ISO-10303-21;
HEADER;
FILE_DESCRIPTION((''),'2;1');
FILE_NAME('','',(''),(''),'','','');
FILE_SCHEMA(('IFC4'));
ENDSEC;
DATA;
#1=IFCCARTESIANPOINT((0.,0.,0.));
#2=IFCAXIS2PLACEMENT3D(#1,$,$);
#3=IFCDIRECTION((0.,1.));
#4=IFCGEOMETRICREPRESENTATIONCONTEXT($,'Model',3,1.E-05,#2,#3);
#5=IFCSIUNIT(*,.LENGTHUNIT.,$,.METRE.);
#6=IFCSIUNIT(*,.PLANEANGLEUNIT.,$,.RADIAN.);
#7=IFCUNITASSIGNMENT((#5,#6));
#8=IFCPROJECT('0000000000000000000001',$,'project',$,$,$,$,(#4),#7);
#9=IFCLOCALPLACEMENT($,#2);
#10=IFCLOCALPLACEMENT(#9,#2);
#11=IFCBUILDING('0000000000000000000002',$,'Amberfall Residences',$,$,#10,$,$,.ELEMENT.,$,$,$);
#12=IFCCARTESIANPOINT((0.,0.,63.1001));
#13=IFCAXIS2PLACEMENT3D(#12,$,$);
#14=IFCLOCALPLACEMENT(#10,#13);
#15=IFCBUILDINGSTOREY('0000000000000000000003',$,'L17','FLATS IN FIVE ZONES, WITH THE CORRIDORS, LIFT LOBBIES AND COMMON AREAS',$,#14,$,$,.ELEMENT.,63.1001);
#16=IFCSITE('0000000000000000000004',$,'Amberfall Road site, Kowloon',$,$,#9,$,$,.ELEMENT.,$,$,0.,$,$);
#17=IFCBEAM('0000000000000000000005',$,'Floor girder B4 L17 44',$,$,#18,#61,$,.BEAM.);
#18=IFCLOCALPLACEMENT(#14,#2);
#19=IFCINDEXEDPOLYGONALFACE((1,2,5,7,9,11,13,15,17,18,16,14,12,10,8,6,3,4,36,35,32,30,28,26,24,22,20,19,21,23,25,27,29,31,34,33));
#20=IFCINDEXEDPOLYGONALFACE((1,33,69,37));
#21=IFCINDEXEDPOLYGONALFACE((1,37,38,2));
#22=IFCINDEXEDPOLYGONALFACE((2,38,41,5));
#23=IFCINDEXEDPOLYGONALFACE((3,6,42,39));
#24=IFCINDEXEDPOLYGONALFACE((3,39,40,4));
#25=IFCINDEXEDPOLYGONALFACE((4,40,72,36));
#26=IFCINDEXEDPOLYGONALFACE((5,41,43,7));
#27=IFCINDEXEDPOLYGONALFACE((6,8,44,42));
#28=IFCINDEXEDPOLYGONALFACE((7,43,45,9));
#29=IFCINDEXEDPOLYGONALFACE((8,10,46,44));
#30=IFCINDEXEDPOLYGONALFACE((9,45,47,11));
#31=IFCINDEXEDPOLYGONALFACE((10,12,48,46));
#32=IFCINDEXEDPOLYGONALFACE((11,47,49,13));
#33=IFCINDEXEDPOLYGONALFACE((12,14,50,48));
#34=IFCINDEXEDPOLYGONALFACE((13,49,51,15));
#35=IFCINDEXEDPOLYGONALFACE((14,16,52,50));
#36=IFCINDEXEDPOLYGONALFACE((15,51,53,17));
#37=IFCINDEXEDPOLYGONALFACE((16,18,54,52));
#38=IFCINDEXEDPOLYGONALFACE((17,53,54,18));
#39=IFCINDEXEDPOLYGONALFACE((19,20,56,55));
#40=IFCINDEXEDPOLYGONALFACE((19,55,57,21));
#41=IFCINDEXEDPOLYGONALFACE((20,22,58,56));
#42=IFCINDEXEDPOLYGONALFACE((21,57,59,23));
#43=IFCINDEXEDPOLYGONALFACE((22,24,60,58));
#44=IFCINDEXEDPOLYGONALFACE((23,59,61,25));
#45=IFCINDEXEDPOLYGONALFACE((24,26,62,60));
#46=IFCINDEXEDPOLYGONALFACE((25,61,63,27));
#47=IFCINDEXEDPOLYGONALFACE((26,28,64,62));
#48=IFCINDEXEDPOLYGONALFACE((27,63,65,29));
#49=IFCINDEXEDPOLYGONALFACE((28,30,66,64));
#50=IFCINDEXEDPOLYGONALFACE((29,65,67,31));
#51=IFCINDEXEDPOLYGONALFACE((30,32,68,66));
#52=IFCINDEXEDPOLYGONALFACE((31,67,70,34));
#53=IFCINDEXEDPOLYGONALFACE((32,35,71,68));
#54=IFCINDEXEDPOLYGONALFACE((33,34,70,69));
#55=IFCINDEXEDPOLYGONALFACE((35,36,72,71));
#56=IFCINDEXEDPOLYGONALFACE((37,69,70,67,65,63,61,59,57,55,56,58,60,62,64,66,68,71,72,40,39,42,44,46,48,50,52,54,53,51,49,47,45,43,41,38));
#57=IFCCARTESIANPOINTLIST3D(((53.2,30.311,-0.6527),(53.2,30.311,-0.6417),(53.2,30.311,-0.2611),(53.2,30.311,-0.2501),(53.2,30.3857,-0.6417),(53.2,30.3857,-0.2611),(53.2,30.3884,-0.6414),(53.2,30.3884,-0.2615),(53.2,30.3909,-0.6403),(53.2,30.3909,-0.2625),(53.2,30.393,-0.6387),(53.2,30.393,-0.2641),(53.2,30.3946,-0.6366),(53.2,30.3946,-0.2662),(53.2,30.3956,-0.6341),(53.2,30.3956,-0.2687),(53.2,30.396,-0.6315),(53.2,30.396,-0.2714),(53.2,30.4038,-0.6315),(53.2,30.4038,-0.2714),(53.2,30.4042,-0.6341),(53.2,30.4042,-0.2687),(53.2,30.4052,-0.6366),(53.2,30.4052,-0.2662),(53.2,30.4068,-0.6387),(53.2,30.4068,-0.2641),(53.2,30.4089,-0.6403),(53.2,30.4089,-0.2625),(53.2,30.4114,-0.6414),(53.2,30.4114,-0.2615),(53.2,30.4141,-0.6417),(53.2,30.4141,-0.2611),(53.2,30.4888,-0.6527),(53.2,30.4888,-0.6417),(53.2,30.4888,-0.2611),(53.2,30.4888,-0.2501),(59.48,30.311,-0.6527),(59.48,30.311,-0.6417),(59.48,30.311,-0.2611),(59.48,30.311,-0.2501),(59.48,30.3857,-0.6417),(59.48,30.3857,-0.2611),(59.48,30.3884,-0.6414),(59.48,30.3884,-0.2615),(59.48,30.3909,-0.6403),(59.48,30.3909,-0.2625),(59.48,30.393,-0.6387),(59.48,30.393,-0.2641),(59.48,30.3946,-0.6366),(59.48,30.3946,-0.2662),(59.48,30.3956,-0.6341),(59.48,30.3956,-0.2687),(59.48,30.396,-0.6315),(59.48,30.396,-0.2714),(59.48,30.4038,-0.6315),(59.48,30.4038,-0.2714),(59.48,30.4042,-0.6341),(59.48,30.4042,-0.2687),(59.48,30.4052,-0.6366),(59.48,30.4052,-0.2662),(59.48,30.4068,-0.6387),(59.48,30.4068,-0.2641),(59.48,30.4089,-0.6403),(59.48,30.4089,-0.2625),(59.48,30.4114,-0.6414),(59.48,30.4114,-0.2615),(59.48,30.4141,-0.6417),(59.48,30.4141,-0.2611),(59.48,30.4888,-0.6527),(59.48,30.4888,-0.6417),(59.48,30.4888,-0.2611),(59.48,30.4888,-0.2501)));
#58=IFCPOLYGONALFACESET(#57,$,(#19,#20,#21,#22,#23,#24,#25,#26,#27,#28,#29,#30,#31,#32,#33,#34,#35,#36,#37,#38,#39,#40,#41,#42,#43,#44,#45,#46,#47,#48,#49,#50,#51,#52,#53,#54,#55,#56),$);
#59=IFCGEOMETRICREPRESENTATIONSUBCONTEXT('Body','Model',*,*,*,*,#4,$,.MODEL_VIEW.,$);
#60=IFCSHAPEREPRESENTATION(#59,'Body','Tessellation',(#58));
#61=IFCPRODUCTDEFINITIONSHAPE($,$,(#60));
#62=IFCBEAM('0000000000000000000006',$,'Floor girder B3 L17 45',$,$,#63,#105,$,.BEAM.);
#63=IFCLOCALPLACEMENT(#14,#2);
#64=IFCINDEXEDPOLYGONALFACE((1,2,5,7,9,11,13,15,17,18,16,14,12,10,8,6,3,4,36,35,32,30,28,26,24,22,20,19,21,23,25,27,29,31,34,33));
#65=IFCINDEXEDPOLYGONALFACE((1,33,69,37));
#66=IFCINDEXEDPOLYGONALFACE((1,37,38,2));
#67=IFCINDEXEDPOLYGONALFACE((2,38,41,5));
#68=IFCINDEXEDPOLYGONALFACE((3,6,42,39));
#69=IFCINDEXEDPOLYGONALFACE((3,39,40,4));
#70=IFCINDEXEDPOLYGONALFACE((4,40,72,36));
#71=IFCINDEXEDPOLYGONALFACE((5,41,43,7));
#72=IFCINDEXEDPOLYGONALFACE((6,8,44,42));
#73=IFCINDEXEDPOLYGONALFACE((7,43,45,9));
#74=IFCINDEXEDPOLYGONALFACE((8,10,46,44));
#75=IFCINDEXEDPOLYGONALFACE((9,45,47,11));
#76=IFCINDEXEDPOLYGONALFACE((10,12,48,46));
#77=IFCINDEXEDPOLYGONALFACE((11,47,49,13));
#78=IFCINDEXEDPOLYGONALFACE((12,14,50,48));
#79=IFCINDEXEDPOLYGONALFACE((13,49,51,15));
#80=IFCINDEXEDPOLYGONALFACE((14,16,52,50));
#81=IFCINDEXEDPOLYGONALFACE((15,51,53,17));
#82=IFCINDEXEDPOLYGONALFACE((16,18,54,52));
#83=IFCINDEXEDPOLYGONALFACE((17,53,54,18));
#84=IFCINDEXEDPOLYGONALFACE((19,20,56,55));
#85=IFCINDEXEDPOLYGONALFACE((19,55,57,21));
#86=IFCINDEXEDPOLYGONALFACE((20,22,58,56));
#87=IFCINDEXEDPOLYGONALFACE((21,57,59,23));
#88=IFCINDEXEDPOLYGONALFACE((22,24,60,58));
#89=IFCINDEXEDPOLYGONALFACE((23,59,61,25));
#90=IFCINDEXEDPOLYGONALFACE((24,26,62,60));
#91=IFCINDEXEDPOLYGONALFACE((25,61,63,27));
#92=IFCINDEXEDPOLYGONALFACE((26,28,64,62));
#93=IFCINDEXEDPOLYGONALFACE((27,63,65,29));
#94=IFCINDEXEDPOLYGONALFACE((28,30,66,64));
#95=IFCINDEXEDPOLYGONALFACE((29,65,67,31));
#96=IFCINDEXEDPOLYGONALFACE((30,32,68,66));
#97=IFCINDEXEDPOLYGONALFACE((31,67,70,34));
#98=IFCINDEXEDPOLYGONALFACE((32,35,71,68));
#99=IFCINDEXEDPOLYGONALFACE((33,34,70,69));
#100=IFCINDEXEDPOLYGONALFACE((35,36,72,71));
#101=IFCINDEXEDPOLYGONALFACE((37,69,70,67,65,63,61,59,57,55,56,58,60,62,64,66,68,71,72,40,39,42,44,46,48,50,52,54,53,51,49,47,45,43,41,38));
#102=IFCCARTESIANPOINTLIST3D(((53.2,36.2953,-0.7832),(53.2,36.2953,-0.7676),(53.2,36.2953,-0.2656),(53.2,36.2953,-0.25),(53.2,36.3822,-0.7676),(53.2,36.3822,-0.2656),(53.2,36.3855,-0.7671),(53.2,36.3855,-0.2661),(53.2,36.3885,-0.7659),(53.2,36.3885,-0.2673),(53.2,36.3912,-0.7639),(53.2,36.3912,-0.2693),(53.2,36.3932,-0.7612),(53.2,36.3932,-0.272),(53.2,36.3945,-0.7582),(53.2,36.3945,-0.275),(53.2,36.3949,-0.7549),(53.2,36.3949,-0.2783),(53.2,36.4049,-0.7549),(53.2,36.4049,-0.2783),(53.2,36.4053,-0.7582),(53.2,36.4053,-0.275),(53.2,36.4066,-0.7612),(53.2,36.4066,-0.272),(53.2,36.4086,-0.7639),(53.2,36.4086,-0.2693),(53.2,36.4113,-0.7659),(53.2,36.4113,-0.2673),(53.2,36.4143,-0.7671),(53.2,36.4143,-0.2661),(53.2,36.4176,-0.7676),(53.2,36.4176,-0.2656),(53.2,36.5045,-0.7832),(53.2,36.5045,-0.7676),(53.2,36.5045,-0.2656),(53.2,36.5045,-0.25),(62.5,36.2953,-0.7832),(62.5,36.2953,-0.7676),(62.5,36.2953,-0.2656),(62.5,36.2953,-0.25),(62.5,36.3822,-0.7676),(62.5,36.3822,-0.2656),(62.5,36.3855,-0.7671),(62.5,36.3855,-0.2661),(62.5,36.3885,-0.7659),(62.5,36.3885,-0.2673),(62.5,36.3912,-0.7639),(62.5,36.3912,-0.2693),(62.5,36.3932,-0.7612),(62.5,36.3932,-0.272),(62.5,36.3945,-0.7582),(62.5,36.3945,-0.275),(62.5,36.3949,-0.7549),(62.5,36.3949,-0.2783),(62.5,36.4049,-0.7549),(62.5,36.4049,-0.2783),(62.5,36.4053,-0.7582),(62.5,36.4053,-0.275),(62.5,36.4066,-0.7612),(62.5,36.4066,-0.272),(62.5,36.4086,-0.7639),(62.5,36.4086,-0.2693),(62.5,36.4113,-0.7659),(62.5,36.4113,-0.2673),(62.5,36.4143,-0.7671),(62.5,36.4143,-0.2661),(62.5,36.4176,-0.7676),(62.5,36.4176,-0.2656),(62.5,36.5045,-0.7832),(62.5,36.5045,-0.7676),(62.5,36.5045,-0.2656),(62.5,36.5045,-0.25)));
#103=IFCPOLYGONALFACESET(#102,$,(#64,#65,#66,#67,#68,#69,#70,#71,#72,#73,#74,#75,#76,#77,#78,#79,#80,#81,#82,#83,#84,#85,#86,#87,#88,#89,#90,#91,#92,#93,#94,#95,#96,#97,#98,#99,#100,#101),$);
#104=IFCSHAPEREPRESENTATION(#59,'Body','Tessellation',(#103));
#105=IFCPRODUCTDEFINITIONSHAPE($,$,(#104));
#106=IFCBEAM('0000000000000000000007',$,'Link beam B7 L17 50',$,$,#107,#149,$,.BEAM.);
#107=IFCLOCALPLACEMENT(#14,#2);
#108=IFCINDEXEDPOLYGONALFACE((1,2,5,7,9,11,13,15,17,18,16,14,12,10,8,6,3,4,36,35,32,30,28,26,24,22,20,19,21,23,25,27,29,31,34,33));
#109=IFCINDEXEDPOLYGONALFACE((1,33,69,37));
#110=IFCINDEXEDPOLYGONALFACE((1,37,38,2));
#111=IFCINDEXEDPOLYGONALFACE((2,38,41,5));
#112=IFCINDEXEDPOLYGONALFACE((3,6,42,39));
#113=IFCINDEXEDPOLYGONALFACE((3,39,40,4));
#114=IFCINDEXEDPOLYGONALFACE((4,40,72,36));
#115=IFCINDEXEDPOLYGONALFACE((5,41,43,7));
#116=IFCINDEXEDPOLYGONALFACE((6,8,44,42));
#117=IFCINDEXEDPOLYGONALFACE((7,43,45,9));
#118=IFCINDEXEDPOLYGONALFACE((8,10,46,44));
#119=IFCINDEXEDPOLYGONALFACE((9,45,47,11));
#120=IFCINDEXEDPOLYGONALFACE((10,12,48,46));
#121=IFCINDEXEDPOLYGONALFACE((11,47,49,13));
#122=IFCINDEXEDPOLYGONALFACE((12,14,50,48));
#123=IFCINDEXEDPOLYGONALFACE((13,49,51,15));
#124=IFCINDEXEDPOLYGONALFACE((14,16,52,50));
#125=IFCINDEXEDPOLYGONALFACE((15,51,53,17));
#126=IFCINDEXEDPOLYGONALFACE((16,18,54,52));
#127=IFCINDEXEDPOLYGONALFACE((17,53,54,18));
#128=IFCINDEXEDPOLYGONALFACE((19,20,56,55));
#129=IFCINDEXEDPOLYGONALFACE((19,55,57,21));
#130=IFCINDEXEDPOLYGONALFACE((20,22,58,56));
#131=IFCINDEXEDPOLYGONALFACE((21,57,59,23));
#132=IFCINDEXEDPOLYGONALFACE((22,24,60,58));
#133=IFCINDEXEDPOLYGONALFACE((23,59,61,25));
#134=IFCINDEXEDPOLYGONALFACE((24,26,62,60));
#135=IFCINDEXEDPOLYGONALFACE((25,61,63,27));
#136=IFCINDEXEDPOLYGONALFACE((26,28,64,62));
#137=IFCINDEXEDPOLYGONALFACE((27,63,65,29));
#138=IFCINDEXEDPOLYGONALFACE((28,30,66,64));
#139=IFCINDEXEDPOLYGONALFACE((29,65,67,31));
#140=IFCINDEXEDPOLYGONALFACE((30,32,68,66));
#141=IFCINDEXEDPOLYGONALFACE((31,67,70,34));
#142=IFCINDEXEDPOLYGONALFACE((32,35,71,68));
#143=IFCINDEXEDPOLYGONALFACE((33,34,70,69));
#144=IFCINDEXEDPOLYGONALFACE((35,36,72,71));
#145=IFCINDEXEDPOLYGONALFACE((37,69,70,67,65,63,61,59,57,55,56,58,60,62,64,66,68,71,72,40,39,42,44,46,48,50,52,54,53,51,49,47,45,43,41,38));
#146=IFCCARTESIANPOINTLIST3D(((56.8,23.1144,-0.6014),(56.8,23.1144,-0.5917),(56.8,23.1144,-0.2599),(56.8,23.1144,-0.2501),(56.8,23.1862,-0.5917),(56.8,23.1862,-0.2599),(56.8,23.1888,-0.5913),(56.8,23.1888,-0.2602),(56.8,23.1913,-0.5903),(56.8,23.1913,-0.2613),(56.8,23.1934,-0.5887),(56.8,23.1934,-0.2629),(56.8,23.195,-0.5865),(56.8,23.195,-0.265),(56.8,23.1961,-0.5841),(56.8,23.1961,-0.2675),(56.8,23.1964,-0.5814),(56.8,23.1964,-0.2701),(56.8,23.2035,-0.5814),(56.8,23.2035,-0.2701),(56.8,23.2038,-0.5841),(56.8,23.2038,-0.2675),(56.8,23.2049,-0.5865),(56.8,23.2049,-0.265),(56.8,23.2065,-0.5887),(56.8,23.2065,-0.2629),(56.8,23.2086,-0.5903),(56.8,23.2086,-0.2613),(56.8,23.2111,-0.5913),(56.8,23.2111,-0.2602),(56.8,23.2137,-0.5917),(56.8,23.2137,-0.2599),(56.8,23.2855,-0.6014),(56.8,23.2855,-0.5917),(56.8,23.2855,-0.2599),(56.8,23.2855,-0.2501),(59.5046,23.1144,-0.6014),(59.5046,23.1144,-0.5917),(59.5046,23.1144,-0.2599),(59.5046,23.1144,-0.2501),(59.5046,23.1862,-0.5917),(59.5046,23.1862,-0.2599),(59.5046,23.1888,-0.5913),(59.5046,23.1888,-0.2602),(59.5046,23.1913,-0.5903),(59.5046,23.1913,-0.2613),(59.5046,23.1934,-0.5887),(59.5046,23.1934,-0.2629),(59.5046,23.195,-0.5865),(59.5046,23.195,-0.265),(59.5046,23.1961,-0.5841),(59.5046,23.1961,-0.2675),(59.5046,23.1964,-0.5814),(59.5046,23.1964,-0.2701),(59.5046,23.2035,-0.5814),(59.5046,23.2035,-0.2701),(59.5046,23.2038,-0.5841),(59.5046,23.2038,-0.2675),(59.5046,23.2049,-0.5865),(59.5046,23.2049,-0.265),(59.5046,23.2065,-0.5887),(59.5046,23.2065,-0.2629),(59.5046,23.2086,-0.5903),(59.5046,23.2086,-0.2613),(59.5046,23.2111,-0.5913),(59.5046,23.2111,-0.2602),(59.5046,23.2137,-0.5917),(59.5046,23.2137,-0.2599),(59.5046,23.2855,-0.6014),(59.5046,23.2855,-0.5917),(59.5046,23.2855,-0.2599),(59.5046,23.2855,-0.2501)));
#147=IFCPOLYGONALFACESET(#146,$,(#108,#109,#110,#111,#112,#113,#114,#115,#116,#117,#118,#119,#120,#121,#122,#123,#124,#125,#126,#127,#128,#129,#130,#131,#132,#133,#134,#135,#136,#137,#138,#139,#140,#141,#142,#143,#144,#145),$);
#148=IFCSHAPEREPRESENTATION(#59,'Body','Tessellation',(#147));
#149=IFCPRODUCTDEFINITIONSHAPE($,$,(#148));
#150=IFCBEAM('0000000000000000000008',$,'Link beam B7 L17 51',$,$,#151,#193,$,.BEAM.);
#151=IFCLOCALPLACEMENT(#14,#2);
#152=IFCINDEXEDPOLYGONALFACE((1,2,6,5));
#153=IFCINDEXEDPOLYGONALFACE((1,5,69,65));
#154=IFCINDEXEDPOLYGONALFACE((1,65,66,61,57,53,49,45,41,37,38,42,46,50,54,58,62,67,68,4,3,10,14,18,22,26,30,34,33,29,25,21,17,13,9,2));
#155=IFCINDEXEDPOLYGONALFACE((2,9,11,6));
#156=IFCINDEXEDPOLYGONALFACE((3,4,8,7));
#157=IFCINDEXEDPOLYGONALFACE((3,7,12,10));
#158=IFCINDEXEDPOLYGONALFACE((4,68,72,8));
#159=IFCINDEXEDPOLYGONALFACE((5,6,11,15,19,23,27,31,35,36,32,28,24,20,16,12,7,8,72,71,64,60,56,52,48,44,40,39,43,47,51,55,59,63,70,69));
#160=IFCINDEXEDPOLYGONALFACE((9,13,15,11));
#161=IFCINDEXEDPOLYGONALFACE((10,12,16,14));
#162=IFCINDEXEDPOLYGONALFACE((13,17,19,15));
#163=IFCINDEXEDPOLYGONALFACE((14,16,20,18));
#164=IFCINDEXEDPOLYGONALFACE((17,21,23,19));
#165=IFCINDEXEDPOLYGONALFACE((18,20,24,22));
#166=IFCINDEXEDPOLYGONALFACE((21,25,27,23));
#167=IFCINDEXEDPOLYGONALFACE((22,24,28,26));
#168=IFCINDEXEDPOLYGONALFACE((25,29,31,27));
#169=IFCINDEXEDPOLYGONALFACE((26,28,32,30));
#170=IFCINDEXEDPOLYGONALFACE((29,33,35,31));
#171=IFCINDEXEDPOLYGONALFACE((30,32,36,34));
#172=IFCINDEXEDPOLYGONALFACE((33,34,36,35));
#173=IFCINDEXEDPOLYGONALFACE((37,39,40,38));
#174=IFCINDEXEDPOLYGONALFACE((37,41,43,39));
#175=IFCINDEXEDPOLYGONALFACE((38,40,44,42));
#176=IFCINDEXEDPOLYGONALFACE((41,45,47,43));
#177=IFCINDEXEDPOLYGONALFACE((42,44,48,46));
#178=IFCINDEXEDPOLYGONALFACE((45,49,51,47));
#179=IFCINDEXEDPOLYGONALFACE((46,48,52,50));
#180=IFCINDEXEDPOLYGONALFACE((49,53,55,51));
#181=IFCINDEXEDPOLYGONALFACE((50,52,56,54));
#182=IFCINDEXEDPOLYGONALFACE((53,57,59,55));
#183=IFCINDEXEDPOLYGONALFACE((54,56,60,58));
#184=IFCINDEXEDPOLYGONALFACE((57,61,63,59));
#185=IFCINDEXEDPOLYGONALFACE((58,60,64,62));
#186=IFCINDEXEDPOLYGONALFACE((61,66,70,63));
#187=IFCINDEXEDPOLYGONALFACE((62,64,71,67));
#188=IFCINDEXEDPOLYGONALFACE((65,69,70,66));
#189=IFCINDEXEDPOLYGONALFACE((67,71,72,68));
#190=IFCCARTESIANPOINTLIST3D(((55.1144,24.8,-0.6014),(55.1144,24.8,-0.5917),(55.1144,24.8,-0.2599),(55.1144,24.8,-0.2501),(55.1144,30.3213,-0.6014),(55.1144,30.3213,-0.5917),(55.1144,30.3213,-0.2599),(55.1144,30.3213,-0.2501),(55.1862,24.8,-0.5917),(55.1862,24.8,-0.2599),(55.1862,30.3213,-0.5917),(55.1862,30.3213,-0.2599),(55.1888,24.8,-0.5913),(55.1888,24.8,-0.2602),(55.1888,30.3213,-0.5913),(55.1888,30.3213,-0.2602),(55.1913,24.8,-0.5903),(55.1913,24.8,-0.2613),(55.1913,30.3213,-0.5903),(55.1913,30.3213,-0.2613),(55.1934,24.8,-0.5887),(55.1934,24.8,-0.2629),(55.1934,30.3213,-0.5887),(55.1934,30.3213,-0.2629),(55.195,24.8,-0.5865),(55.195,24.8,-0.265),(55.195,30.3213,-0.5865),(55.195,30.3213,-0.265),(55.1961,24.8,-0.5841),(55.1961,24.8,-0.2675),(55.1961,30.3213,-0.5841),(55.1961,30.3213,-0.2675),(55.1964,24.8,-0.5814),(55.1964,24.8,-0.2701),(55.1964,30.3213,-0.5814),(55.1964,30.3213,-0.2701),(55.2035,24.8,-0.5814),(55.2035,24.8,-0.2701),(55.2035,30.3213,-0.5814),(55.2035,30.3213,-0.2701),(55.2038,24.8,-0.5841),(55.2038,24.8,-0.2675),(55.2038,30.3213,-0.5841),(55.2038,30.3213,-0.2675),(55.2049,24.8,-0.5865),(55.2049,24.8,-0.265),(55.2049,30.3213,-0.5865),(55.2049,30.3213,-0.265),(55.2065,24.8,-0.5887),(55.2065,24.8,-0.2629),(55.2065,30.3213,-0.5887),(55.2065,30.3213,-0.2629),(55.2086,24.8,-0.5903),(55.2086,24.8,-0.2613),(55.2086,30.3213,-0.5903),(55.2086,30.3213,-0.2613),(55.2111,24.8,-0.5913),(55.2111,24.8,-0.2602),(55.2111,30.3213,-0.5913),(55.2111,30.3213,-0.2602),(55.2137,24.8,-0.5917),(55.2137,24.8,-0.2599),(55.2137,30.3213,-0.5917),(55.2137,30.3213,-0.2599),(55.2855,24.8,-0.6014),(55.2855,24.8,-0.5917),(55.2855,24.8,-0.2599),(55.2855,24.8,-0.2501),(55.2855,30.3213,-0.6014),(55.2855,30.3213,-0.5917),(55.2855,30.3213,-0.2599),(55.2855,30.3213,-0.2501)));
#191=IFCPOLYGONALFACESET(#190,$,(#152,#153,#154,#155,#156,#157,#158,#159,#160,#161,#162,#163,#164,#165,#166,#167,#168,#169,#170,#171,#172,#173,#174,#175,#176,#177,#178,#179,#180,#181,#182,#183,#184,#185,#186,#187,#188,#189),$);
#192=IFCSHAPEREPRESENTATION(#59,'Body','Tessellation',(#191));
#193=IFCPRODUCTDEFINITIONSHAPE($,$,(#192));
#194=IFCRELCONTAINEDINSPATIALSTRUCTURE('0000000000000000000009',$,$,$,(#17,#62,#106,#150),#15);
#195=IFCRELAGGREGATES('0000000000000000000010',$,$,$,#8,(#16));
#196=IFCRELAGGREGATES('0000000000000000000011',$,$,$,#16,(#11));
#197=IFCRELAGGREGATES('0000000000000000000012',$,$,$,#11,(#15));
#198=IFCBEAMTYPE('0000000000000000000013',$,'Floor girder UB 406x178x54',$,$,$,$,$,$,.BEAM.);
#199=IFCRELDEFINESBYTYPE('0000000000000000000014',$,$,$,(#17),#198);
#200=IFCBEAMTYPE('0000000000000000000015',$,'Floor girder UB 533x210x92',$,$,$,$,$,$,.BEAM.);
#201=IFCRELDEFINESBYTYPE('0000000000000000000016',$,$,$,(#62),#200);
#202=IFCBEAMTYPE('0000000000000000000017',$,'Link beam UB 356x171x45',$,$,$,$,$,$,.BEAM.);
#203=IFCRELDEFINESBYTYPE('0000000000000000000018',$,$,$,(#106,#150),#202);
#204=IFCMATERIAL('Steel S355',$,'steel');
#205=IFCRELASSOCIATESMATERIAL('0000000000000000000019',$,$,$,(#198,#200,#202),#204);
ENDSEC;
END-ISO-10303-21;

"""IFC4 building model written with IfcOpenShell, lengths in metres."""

from ifc_helpers import new_model, si_unit, direction, frame, origin, origin_2d, place, context, subcontext, project, spatial, i_section, extrude, material, material_profile, profile_set, type_object, element, save


model = new_model("IFC4")

# Units and contexts
model_context = context("Model", 3, precision=1e-05, world=origin(), true_north=direction((0.0, 1.0)))
body_context = subcontext(model_context, "Body", "Model", "MODEL_VIEW")
ifc_project = project(units=[si_unit("LENGTHUNIT", "METRE"), si_unit("PLANEANGLEUNIT", "RADIAN")], contexts=[model_context])

# Site, building, storey
site_placement = place(None, origin())
site = spatial("IfcSite", under=ifc_project, at=site_placement, Name="Amberfall Road site, Kowloon", CompositionType="ELEMENT", RefElevation=0.0)
building_placement = place(site_placement, origin())
building = spatial("IfcBuilding", under=site, at=building_placement, Name="Amberfall Residences", CompositionType="ELEMENT")
storey_placement = place(building_placement, frame((0.0, 0.0, 63.1001)))
storey = spatial("IfcBuildingStorey", under=building, at=storey_placement, Name="L17", Description="FLATS IN FIVE ZONES, WITH THE CORRIDORS, LIFT LOBBIES AND COMMON AREAS", CompositionType="ELEMENT", Elevation=63.1001)

# Beams
ifc_material_1 = material(Name="Steel S355", Category="steel")
ifc_material_profile_1 = material_profile(ifc_material_1, i_section(OverallWidth=0.1777, OverallDepth=0.4026, WebThickness=0.0078, FlangeThickness=0.011, FilletRadius=0.0103, at=origin_2d()), Name="UB 406x178x54")
ifc_profile_set_1 = profile_set([ifc_material_profile_1], Name="Steel S355")
beam_type_1 = type_object("IfcBeamType", Name="Floor girder UB 406x178x54", PredefinedType="BEAM", material=ifc_profile_set_1)
beam_1_placement = place(storey_placement, frame((53.2, 30.3999, -0.4514), z_axis=(1.0, 0.0, 0.0), x_axis=(0.0, 1.0, 0.0)))
element("IfcBeam", 1, at=beam_1_placement, inside=storey, type_object=beam_type_1, Name="Floor girder B4 L17 44", PredefinedType="BEAM", context=body_context, shape_type="SweptSolid", body=[
    extrude(i_section(OverallWidth=0.1777, OverallDepth=0.4026, WebThickness=0.0078, FlangeThickness=0.011, FilletRadius=0.0103, at=origin_2d()), origin(), (0.0, 0.0, 1.0), 6.28),
])
ifc_material_profile_2 = material_profile(ifc_material_1, i_section(OverallWidth=0.2092, OverallDepth=0.5332, WebThickness=0.01, FlangeThickness=0.0156, FilletRadius=0.0127, at=origin_2d()), Name="UB 533x210x92")
ifc_profile_set_2 = profile_set([ifc_material_profile_2], Name="Steel S355")
beam_type_2 = type_object("IfcBeamType", Name="Floor girder UB 533x210x92", PredefinedType="BEAM", material=ifc_profile_set_2)
beam_2_placement = place(storey_placement, frame((53.2, 36.3999, -0.5166), z_axis=(1.0, 0.0, 0.0), x_axis=(0.0, 1.0, 0.0)))
element("IfcBeam", 2, at=beam_2_placement, inside=storey, type_object=beam_type_2, Name="Floor girder B3 L17 45", PredefinedType="BEAM", context=body_context, shape_type="SweptSolid", body=[
    extrude(i_section(OverallWidth=0.2092, OverallDepth=0.5332, WebThickness=0.01, FlangeThickness=0.0156, FilletRadius=0.0127, at=origin_2d()), origin(), (0.0, 0.0, 1.0), 9.3),
])
ifc_material_profile_3 = material_profile(ifc_material_1, i_section(OverallWidth=0.1711, OverallDepth=0.3513, WebThickness=0.0071, FlangeThickness=0.0098, FilletRadius=0.0103, at=origin_2d()), Name="UB 356x171x45")
ifc_profile_set_3 = profile_set([ifc_material_profile_3], Name="Steel S355")
beam_type_3 = type_object("IfcBeamType", Name="Link beam UB 356x171x45", PredefinedType="BEAM", material=ifc_profile_set_3)
beam_3_placement = place(storey_placement, frame((56.8, 23.2, -0.4258), z_axis=(1.0, 0.0, 0.0), x_axis=(0.0, 1.0, 0.0)))
element("IfcBeam", 3, at=beam_3_placement, inside=storey, type_object=beam_type_3, Name="Link beam B7 L17 50", PredefinedType="BEAM", context=body_context, shape_type="SweptSolid", body=[
    extrude(i_section(OverallWidth=0.1711, OverallDepth=0.3513, WebThickness=0.0071, FlangeThickness=0.0098, FilletRadius=0.0103, at=origin_2d()), origin(), (0.0, 0.0, 1.0), 2.7046),
])
beam_4_placement = place(storey_placement, frame((55.2, 24.8, -0.4258), z_axis=(0.0, 1.0, 0.0), x_axis=(-1.0, 0.0, 0.0)))
element("IfcBeam", 4, at=beam_4_placement, inside=storey, type_object=beam_type_3, Name="Link beam B7 L17 51", PredefinedType="BEAM", context=body_context, shape_type="SweptSolid", body=[
    extrude(i_section(OverallWidth=0.1711, OverallDepth=0.3513, WebThickness=0.0071, FlangeThickness=0.0098, FilletRadius=0.0103, at=origin_2d()), origin(), (0.0, 0.0, 1.0), 5.5212),
])

save(model, "model.ifc")
